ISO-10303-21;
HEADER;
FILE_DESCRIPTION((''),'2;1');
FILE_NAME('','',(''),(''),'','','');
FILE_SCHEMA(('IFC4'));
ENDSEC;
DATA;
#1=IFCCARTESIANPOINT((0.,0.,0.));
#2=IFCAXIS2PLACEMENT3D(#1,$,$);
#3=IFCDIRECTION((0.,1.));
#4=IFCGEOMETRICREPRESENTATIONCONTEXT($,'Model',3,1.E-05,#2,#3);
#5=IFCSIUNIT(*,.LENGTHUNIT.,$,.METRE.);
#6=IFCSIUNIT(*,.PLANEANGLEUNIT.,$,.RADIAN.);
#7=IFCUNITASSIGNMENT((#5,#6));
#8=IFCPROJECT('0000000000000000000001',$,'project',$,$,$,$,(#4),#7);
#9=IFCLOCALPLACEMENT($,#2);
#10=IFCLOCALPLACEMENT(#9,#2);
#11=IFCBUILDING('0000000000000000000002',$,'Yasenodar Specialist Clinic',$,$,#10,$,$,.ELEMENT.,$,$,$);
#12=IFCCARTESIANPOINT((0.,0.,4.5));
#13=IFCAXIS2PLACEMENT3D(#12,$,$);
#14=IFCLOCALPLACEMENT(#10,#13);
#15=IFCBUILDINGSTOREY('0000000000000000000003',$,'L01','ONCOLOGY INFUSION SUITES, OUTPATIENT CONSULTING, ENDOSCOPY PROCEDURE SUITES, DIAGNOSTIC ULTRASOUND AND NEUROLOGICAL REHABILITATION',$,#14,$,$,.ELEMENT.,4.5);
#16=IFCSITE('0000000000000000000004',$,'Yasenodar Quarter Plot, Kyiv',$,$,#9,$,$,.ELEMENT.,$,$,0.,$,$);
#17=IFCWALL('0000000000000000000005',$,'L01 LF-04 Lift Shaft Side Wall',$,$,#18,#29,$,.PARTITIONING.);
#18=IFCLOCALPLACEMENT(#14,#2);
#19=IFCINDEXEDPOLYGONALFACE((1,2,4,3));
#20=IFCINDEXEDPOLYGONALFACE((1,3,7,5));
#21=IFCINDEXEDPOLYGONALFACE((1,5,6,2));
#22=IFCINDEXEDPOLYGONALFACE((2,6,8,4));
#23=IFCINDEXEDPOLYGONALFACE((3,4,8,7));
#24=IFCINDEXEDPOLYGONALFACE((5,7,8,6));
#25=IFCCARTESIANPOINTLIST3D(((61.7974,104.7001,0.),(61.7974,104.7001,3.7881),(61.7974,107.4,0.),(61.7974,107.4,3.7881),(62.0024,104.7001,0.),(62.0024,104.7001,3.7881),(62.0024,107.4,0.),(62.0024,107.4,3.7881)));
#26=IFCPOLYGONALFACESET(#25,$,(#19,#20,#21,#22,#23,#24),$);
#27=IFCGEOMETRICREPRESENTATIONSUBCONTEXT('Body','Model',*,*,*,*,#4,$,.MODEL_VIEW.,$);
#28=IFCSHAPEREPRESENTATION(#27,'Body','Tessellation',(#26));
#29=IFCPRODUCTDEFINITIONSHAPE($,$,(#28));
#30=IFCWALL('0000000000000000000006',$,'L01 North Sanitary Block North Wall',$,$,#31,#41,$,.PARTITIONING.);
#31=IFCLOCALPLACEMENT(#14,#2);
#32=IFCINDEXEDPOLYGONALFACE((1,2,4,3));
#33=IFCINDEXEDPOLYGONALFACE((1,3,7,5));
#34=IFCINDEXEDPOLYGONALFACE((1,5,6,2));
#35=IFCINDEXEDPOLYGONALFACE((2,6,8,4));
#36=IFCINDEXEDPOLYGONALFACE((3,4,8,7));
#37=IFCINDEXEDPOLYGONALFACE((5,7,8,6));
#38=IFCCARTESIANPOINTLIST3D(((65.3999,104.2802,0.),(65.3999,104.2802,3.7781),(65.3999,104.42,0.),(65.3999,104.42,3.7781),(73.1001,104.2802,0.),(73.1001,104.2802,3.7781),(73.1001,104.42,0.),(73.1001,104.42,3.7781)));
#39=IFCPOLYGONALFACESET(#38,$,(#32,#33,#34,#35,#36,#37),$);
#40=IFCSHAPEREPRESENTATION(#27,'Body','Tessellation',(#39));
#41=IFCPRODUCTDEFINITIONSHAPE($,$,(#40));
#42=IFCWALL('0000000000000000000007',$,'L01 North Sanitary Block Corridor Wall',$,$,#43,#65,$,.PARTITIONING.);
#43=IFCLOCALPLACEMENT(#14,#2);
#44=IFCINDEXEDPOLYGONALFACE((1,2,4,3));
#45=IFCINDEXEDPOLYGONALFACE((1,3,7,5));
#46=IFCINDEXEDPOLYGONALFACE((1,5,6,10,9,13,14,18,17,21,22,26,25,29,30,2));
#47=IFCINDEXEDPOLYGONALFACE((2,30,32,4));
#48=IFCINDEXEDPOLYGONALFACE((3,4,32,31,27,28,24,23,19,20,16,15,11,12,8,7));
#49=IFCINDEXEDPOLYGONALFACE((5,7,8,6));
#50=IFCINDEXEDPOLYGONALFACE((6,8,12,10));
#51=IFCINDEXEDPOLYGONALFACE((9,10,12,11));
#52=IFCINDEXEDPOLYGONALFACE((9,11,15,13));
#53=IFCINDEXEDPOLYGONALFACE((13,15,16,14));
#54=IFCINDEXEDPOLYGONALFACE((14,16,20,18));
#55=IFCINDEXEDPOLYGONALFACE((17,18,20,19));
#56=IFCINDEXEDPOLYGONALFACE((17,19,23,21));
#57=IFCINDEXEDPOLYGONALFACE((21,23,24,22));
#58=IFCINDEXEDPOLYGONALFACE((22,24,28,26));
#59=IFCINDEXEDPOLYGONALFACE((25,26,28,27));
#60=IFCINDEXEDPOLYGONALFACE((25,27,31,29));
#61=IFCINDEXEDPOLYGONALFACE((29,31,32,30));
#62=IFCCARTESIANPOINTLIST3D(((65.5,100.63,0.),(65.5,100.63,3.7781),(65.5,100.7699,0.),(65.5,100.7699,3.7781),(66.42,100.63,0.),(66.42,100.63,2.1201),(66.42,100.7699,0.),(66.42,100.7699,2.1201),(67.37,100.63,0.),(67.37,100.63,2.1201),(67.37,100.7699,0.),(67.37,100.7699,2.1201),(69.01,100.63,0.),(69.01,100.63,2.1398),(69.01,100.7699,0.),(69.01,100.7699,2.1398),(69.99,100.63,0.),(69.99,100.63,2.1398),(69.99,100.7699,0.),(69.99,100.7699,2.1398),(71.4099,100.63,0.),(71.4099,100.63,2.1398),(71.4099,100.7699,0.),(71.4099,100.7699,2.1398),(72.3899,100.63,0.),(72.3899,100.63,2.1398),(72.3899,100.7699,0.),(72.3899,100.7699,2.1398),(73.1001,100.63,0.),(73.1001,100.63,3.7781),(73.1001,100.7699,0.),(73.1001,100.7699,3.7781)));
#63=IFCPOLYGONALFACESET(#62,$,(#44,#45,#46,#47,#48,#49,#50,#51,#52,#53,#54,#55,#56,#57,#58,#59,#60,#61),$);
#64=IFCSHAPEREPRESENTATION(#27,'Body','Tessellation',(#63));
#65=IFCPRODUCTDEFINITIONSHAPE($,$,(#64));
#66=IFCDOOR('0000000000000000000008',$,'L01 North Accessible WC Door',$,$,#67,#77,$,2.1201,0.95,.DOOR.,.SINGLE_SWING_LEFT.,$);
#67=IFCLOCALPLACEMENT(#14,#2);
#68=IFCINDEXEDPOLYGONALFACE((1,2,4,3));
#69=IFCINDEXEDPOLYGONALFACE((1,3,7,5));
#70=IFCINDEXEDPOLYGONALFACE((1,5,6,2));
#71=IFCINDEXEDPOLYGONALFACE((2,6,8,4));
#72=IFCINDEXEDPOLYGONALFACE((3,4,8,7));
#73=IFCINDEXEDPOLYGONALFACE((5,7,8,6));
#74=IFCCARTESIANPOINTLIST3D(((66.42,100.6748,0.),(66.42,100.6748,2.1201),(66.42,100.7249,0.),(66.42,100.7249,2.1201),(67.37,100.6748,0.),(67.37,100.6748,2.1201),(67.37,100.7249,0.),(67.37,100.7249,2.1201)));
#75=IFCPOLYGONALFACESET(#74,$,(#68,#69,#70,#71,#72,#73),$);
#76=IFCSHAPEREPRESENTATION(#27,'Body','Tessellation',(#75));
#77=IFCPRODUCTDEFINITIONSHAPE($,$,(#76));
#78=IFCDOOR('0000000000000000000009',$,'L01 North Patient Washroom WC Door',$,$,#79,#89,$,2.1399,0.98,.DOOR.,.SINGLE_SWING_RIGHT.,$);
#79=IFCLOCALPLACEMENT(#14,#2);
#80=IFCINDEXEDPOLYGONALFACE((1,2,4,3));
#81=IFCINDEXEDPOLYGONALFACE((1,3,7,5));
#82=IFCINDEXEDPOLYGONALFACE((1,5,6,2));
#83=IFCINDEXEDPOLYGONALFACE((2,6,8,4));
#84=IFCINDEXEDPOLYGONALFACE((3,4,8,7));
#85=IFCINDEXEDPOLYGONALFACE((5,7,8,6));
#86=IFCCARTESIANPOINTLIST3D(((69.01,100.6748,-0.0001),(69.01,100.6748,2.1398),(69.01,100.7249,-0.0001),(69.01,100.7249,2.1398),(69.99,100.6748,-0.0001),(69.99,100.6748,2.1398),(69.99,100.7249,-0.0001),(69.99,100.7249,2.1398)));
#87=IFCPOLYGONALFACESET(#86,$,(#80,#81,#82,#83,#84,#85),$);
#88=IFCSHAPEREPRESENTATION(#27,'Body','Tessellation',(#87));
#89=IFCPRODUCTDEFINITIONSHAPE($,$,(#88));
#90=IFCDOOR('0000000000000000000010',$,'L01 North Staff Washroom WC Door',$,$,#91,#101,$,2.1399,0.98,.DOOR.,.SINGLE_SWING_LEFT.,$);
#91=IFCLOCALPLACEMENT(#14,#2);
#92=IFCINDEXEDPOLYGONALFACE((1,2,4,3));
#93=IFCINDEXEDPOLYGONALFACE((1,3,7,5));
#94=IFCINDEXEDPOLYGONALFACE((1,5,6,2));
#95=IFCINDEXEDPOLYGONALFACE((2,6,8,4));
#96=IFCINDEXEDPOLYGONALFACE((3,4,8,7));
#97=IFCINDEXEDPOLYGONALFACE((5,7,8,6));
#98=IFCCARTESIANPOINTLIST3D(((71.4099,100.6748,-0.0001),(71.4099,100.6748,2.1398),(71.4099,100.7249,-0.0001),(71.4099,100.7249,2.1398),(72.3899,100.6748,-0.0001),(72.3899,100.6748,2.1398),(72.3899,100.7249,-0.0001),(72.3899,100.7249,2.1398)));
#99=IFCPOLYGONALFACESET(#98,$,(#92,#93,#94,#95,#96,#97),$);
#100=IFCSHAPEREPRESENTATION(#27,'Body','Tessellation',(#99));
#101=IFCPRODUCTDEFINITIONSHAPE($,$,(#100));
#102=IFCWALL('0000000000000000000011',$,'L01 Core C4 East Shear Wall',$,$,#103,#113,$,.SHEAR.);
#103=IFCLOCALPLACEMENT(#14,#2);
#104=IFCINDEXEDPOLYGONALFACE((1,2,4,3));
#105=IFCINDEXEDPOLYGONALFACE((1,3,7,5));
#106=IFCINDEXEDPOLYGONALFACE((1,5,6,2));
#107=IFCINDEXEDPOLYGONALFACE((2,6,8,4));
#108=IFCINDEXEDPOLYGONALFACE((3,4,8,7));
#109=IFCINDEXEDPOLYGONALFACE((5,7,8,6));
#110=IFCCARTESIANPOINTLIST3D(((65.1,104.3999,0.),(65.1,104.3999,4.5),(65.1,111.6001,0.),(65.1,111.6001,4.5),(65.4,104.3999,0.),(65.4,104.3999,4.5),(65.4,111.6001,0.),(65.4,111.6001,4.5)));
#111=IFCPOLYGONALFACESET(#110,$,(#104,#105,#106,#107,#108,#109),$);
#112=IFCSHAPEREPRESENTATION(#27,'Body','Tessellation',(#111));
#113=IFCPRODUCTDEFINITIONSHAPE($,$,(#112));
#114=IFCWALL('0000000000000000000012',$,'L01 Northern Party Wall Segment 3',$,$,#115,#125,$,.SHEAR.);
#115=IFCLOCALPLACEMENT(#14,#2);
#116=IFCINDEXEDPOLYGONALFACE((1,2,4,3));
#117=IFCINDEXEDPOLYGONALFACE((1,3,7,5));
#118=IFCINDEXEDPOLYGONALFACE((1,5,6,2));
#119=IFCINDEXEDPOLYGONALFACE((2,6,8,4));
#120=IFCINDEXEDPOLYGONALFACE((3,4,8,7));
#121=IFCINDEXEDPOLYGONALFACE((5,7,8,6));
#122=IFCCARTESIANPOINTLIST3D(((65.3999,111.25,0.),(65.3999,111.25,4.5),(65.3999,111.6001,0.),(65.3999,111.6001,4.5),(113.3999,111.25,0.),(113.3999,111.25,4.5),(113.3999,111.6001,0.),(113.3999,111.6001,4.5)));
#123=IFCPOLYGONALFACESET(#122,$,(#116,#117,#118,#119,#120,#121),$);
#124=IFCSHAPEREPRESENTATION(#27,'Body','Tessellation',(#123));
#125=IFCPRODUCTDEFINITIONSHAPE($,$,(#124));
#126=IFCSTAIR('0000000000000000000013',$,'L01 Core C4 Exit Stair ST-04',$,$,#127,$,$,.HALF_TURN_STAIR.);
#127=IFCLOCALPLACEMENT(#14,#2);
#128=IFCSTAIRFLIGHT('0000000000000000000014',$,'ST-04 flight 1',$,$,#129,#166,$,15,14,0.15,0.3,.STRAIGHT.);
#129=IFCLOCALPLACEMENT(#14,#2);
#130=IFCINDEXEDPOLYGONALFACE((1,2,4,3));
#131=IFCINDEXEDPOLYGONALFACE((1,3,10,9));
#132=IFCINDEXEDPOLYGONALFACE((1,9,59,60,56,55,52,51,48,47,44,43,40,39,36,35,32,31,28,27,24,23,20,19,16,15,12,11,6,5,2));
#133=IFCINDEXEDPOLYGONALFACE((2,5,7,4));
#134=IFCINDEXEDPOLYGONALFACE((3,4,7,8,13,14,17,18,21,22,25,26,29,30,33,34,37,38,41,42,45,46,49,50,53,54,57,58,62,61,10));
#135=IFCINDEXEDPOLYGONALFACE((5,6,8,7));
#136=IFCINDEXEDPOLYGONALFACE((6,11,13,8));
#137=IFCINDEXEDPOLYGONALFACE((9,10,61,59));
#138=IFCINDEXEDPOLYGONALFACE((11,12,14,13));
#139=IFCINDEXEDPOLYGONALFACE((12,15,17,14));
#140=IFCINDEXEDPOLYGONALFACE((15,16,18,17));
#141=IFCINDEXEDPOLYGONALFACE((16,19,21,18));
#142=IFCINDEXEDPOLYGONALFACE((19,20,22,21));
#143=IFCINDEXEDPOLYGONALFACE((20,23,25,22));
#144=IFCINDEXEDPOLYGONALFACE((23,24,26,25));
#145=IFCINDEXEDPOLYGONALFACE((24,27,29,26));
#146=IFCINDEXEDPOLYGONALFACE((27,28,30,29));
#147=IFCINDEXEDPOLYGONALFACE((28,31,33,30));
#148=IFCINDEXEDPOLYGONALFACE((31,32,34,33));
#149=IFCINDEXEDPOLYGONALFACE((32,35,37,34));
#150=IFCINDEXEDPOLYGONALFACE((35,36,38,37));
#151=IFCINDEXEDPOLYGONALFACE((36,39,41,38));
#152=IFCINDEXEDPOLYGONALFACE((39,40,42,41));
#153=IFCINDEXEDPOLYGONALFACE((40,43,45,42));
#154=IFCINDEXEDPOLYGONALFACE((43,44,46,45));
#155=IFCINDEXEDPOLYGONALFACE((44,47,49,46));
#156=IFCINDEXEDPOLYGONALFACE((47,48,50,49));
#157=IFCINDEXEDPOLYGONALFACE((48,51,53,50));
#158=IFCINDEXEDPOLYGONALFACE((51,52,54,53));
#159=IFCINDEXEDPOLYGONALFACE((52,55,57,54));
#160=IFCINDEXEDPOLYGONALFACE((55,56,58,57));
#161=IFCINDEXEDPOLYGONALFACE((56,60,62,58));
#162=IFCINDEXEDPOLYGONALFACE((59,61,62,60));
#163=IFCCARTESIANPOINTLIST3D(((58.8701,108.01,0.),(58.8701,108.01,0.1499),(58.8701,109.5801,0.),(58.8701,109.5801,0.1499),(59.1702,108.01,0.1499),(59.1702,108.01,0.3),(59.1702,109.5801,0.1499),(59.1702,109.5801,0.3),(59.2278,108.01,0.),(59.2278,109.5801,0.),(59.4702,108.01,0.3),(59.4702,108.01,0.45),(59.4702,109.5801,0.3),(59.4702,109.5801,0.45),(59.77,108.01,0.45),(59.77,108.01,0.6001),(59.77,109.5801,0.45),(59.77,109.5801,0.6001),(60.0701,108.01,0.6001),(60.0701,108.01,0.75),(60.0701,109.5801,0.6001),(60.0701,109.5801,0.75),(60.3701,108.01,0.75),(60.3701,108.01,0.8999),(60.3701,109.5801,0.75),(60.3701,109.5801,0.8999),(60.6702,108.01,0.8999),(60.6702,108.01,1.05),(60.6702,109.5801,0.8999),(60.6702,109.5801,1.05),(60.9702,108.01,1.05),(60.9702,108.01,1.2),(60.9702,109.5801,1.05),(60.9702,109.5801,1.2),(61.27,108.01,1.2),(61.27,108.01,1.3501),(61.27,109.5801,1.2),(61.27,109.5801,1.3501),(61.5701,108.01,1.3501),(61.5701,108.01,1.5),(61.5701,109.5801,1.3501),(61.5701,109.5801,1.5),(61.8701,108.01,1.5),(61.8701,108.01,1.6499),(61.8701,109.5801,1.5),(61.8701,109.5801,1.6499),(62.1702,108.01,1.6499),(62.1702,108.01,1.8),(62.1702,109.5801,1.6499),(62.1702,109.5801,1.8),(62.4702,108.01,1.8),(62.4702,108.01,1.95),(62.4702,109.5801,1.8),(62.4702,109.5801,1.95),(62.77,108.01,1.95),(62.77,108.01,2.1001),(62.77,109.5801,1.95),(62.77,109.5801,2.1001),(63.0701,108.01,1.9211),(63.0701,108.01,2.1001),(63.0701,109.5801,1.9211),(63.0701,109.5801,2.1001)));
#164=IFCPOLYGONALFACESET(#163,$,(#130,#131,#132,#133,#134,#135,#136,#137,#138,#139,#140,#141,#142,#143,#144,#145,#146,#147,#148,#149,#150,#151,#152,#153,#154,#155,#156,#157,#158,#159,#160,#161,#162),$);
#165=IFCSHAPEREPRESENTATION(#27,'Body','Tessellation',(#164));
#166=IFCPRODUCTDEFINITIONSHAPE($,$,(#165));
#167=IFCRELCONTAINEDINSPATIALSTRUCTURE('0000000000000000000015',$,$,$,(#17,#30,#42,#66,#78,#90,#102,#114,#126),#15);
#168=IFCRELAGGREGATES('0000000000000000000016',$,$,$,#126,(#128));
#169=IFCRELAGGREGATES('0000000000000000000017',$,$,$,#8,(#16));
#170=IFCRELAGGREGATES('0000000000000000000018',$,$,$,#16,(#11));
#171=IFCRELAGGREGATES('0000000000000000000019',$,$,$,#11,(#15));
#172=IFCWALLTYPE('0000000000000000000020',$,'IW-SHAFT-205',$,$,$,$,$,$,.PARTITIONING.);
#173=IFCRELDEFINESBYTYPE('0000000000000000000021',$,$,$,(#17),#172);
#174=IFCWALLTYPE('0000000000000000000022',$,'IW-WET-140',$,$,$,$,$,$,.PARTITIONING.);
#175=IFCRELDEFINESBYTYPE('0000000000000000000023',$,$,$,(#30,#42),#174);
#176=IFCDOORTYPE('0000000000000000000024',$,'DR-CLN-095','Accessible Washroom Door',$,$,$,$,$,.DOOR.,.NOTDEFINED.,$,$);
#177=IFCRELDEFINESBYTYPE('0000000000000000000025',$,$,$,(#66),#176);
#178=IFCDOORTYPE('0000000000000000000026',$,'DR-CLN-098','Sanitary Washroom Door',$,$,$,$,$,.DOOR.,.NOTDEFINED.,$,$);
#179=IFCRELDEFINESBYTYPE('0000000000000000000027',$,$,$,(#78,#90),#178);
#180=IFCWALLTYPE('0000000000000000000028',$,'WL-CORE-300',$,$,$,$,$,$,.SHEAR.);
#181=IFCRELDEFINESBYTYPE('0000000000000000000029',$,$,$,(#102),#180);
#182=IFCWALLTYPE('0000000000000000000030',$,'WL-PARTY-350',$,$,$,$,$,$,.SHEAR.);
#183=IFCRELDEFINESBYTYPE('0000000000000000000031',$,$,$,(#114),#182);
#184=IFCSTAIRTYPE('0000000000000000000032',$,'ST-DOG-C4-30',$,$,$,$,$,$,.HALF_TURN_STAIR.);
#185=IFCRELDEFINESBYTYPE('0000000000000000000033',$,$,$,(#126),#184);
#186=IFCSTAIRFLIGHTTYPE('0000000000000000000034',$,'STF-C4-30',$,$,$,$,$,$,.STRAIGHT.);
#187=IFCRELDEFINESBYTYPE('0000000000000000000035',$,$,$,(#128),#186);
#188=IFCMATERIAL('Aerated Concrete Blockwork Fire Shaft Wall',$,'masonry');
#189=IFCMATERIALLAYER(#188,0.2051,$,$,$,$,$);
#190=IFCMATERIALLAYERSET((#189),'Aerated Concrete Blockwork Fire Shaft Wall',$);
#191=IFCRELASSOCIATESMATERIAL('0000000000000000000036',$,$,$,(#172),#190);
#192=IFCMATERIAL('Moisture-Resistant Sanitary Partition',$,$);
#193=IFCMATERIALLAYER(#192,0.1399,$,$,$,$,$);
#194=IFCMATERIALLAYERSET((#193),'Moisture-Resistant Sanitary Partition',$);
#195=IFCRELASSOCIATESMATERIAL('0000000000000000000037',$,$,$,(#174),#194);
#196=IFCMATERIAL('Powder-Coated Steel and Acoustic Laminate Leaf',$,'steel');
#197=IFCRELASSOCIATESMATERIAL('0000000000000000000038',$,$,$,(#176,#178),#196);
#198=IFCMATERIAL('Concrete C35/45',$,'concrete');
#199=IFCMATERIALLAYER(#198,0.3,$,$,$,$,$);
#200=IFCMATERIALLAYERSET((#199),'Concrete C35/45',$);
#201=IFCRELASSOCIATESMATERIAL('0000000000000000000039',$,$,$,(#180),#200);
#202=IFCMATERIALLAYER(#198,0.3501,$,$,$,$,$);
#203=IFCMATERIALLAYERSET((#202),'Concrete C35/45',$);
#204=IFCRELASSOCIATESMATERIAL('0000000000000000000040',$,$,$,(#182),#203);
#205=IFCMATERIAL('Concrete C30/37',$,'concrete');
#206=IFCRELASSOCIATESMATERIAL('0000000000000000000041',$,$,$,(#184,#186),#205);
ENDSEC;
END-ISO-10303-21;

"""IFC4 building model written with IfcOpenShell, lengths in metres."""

from ifc_helpers import new_model, si_unit, direction, frame, frame_2d, origin, place, context, subcontext, project, spatial, polyline, rectangle, outline, extrude, material, layer, layer_set, type_object, element, fill, aggregate, save


model = new_model("IFC4")

# Units and contexts
model_context = context("Model", 3, precision=1e-05, world=origin(), true_north=direction((0.0, 1.0)))
body_context = subcontext(model_context, "Body", "Model", "MODEL_VIEW")
ifc_project = project(units=[si_unit("LENGTHUNIT", "METRE"), si_unit("PLANEANGLEUNIT", "RADIAN")], contexts=[model_context])

# Site, building, storey
site_placement = place(None, origin())
site = spatial("IfcSite", under=ifc_project, at=site_placement, Name="Yasenodar Quarter Plot, Kyiv", CompositionType="ELEMENT", RefElevation=0.0)
building_placement = place(site_placement, origin())
building = spatial("IfcBuilding", under=site, at=building_placement, Name="Yasenodar Specialist Clinic", CompositionType="ELEMENT")
storey_placement = place(building_placement, frame((0.0, 0.0, 4.5)))
storey = spatial("IfcBuildingStorey", under=building, at=storey_placement, Name="L01", Description="ONCOLOGY INFUSION SUITES, OUTPATIENT CONSULTING, ENDOSCOPY PROCEDURE SUITES, DIAGNOSTIC ULTRASOUND AND NEUROLOGICAL REHABILITATION", CompositionType="ELEMENT", Elevation=4.5)

# Walls
ifc_material_1 = material(Name="Aerated Concrete Blockwork Fire Shaft Wall", Category="masonry")
ifc_layer_1 = layer(ifc_material_1, 0.2051)
ifc_layer_set_1 = layer_set([ifc_layer_1], Name="Aerated Concrete Blockwork Fire Shaft Wall")
wall_type_1 = type_object("IfcWallType", Name="IW-SHAFT-205", PredefinedType="PARTITIONING", material=ifc_layer_set_1)
for number, where, z_axis, x_axis, name in (
    (1, (61.8999, 104.7, 0.0), (0.0, 0.0, 1.0), (0.0, 1.0, 0.0), "L01 LF-04 Lift Shaft Side Wall"),
):
    element("IfcWall", number, at=place(storey_placement, frame(where, z_axis=z_axis, x_axis=x_axis)), inside=storey, type_object=wall_type_1, Name=name, PredefinedType="PARTITIONING", context=body_context, shape_type="SweptSolid", body=[
        extrude(rectangle(XDim=2.7, YDim=0.2051, at=frame_2d((1.3501, 0.0))), origin(), (0.0, 0.0, 1.0), 3.7881),
    ])
ifc_material_2 = material(Name="Moisture-Resistant Sanitary Partition")
ifc_layer_2 = layer(ifc_material_2, 0.1399)
ifc_layer_set_2 = layer_set([ifc_layer_2], Name="Moisture-Resistant Sanitary Partition")
wall_type_2 = type_object("IfcWallType", Name="IW-WET-140", PredefinedType="PARTITIONING", material=ifc_layer_set_2)
wall_1_placement = place(storey_placement, frame((65.3999, 104.3501, 0.0), z_axis=(0.0, 0.0, 1.0), x_axis=(1.0, 0.0, 0.0)))
element("IfcWall", 2, at=wall_1_placement, inside=storey, type_object=wall_type_2, Name="L01 North Sanitary Block North Wall", PredefinedType="PARTITIONING", context=body_context, shape_type="SweptSolid", body=[
    extrude(rectangle(XDim=7.7002, YDim=0.1399, at=frame_2d((3.8501, 0.0))), origin(), (0.0, 0.0, 1.0), 3.7781),
])

# Wall, openings, doors
wall_2_placement = place(storey_placement, frame((65.5, 100.7, 0.0), z_axis=(0.0, 0.0, 1.0), x_axis=(1.0, 0.0, 0.0)))
wall_2 = element("IfcWall", 3, at=wall_2_placement, inside=storey, type_object=wall_type_2, Name="L01 North Sanitary Block Corridor Wall", PredefinedType="PARTITIONING", context=body_context, shape_type="SweptSolid", body=[
    extrude(rectangle(XDim=7.6001, YDim=0.1399, at=frame_2d((3.8, 0.0))), origin(), (0.0, 0.0, 1.0), 3.7781),
])
opening_1_placement = place(wall_2_placement, frame((0.9199, 0.0, 0.0)))
opening_1 = element("IfcOpeningElement", 4, at=opening_1_placement, cuts=wall_2, PredefinedType="OPENING", context=body_context, shape_type="SweptSolid", body=[
    extrude(rectangle(XDim=0.95, YDim=2.1201, at=frame_2d((0.4751, 1.0601))), frame((0.0, 0.0801, 0.0), z_axis=(0.0, -1.0, 0.0), x_axis=(1.0, 0.0, 0.0)), (0.0, 0.0, 1.0), 0.1599),
])
opening_2_placement = place(wall_2_placement, frame((3.51, 0.0, 0.0)))
opening_2 = element("IfcOpeningElement", 5, at=opening_2_placement, cuts=wall_2, PredefinedType="OPENING", context=body_context, shape_type="SweptSolid", body=[
    extrude(rectangle(XDim=0.98, YDim=2.1399, at=frame_2d((0.49, 1.0698))), frame((0.0, 0.0801, 0.0), z_axis=(0.0, -1.0, 0.0), x_axis=(1.0, 0.0, 0.0)), (0.0, 0.0, 1.0), 0.1599),
])
opening_3_placement = place(wall_2_placement, frame((5.9099, 0.0, 0.0)))
opening_3 = element("IfcOpeningElement", 6, at=opening_3_placement, cuts=wall_2, PredefinedType="OPENING", context=body_context, shape_type="SweptSolid", body=[
    extrude(rectangle(XDim=0.98, YDim=2.1399, at=frame_2d((0.49, 1.0698))), frame((0.0, 0.0801, 0.0), z_axis=(0.0, -1.0, 0.0), x_axis=(1.0, 0.0, 0.0)), (0.0, 0.0, 1.0), 0.1599),
])
ifc_material_3 = material(Name="Powder-Coated Steel and Acoustic Laminate Leaf", Category="steel")
door_type_1 = type_object("IfcDoorType", Name="DR-CLN-095", Description="Accessible Washroom Door", OperationType="NOTDEFINED", PredefinedType="DOOR", material=ifc_material_3)
door_1_placement = place(opening_1_placement, origin())
door_1 = element("IfcDoor", 7, at=door_1_placement, inside=storey, type_object=door_type_1, Name="L01 North Accessible WC Door", OperationType="SINGLE_SWING_LEFT", OverallHeight=2.1201, OverallWidth=0.95, PredefinedType="DOOR", context=body_context, shape_type="SweptSolid", body=[
    extrude(rectangle(XDim=0.95, YDim=2.1201, at=frame_2d((0.4751, 1.0601))), frame((0.0, 0.0249, 0.0), z_axis=(0.0, -1.0, 0.0), x_axis=(1.0, 0.0, 0.0)), (0.0, 0.0, 1.0), 0.05),
])
fill(opening_1, door_1)
door_type_2 = type_object("IfcDoorType", Name="DR-CLN-098", Description="Sanitary Washroom Door", OperationType="NOTDEFINED", PredefinedType="DOOR", material=ifc_material_3)
door_2_placement = place(opening_2_placement, origin())
door_2 = element("IfcDoor", 8, at=door_2_placement, inside=storey, type_object=door_type_2, Name="L01 North Patient Washroom WC Door", OperationType="SINGLE_SWING_RIGHT", OverallHeight=2.1399, OverallWidth=0.98, PredefinedType="DOOR", context=body_context, shape_type="SweptSolid", body=[
    extrude(rectangle(XDim=0.98, YDim=2.1399, at=frame_2d((0.49, 1.0698))), frame((0.0, 0.0249, 0.0), z_axis=(0.0, -1.0, 0.0), x_axis=(1.0, 0.0, 0.0)), (0.0, 0.0, 1.0), 0.05),
])
fill(opening_2, door_2)
door_3_placement = place(opening_3_placement, origin())
door_3 = element("IfcDoor", 9, at=door_3_placement, inside=storey, type_object=door_type_2, Name="L01 North Staff Washroom WC Door", OperationType="SINGLE_SWING_LEFT", OverallHeight=2.1399, OverallWidth=0.98, PredefinedType="DOOR", context=body_context, shape_type="SweptSolid", body=[
    extrude(rectangle(XDim=0.98, YDim=2.1399, at=frame_2d((0.49, 1.0698))), frame((0.0, 0.0249, 0.0), z_axis=(0.0, -1.0, 0.0), x_axis=(1.0, 0.0, 0.0)), (0.0, 0.0, 1.0), 0.05),
])
fill(opening_3, door_3)

# Walls
ifc_material_4 = material(Name="Concrete C35/45", Category="concrete")
ifc_layer_3 = layer(ifc_material_4, 0.3)
ifc_layer_set_3 = layer_set([ifc_layer_3], Name="Concrete C35/45")
wall_type_3 = type_object("IfcWallType", Name="WL-CORE-300", PredefinedType="SHEAR", material=ifc_layer_set_3)
wall_3_placement = place(storey_placement, frame((65.25, 104.3999, 0.0), z_axis=(0.0, 0.0, 1.0), x_axis=(0.0, 1.0, 0.0)))
element("IfcWall", 10, at=wall_3_placement, inside=storey, type_object=wall_type_3, Name="L01 Core C4 East Shear Wall", PredefinedType="SHEAR", context=body_context, shape_type="SweptSolid", body=[
    extrude(rectangle(XDim=7.2002, YDim=0.3, at=frame_2d((3.6001, 0.0))), origin(), (0.0, 0.0, 1.0), 4.5),
])
ifc_layer_4 = layer(ifc_material_4, 0.3501)
ifc_layer_set_4 = layer_set([ifc_layer_4], Name="Concrete C35/45")
wall_type_4 = type_object("IfcWallType", Name="WL-PARTY-350", PredefinedType="SHEAR", material=ifc_layer_set_4)
wall_4_placement = place(storey_placement, frame((65.3999, 111.425, 0.0), z_axis=(0.0, 0.0, 1.0), x_axis=(1.0, 0.0, 0.0)))
element("IfcWall", 11, at=wall_4_placement, inside=storey, type_object=wall_type_4, Name="L01 Northern Party Wall Segment 3", PredefinedType="SHEAR", context=body_context, shape_type="SweptSolid", body=[
    extrude(rectangle(XDim=48.0, YDim=0.3501, at=frame_2d((24.0, 0.0))), origin(), (0.0, 0.0, 1.0), 4.5),
])

# Stair, stair flight
ifc_material_5 = material(Name="Concrete C30/37", Category="concrete")
stair_type = type_object("IfcStairType", Name="ST-DOG-C4-30", PredefinedType="HALF_TURN_STAIR", material=ifc_material_5)
stair_placement = place(storey_placement, origin())
stair = element("IfcStair", 12, at=stair_placement, inside=storey, type_object=stair_type, Name="L01 Core C4 Exit Stair ST-04", PredefinedType="HALF_TURN_STAIR")
stair_flight_type = type_object("IfcStairFlightType", Name="STF-C4-30", PredefinedType="STRAIGHT", material=ifc_material_5)
stair_flight_1_placement = place(storey_placement, frame((58.8701, 108.7949, 0.0), z_axis=(0.0, 0.0, 1.0), x_axis=(1.0, 0.0, 0.0)))
stair_flight_1 = element("IfcStairFlight", 13, at=stair_flight_1_placement, type_object=stair_flight_type, Name="ST-04 flight 1", NumberOfRisers=15, NumberOfTreads=14, PredefinedType="STRAIGHT", RiserHeight=0.15, TreadLength=0.3, context=body_context, shape_type="SweptSolid", body=[
    extrude(outline(polyline([(0.0, 0.0), (0.0, 0.1499), (0.3, 0.1499), (0.3, 0.3), (0.6001, 0.3), (0.6001, 0.45), (0.8999, 0.45), (0.8999, 0.6001), (1.2, 0.6001), (1.2, 0.75), (1.5, 0.75), (1.5, 0.8999), (1.8, 0.8999), (1.8, 1.05), (2.1001, 1.05), (2.1001, 1.2), (2.3999, 1.2), (2.3999, 1.3501), (2.7, 1.3501), (2.7, 1.5), (3.0, 1.5), (3.0, 1.6499), (3.3, 1.6499), (3.3, 1.8), (3.6001, 1.8), (3.6001, 1.95), (3.8999, 1.95), (3.8999, 2.1001), (4.2, 2.1001), (4.2, 2.25), (4.2, 1.9211), (0.3577, 0.0), (0.0, 0.0)])), frame((0.0, 0.7852, 0.0), z_axis=(0.0, -1.0, 0.0), x_axis=(1.0, 0.0, 0.0)), (0.0, 0.0, 1.0), 1.5701),
])
aggregate(stair, [stair_flight_1])

save(model, "model.ifc")
